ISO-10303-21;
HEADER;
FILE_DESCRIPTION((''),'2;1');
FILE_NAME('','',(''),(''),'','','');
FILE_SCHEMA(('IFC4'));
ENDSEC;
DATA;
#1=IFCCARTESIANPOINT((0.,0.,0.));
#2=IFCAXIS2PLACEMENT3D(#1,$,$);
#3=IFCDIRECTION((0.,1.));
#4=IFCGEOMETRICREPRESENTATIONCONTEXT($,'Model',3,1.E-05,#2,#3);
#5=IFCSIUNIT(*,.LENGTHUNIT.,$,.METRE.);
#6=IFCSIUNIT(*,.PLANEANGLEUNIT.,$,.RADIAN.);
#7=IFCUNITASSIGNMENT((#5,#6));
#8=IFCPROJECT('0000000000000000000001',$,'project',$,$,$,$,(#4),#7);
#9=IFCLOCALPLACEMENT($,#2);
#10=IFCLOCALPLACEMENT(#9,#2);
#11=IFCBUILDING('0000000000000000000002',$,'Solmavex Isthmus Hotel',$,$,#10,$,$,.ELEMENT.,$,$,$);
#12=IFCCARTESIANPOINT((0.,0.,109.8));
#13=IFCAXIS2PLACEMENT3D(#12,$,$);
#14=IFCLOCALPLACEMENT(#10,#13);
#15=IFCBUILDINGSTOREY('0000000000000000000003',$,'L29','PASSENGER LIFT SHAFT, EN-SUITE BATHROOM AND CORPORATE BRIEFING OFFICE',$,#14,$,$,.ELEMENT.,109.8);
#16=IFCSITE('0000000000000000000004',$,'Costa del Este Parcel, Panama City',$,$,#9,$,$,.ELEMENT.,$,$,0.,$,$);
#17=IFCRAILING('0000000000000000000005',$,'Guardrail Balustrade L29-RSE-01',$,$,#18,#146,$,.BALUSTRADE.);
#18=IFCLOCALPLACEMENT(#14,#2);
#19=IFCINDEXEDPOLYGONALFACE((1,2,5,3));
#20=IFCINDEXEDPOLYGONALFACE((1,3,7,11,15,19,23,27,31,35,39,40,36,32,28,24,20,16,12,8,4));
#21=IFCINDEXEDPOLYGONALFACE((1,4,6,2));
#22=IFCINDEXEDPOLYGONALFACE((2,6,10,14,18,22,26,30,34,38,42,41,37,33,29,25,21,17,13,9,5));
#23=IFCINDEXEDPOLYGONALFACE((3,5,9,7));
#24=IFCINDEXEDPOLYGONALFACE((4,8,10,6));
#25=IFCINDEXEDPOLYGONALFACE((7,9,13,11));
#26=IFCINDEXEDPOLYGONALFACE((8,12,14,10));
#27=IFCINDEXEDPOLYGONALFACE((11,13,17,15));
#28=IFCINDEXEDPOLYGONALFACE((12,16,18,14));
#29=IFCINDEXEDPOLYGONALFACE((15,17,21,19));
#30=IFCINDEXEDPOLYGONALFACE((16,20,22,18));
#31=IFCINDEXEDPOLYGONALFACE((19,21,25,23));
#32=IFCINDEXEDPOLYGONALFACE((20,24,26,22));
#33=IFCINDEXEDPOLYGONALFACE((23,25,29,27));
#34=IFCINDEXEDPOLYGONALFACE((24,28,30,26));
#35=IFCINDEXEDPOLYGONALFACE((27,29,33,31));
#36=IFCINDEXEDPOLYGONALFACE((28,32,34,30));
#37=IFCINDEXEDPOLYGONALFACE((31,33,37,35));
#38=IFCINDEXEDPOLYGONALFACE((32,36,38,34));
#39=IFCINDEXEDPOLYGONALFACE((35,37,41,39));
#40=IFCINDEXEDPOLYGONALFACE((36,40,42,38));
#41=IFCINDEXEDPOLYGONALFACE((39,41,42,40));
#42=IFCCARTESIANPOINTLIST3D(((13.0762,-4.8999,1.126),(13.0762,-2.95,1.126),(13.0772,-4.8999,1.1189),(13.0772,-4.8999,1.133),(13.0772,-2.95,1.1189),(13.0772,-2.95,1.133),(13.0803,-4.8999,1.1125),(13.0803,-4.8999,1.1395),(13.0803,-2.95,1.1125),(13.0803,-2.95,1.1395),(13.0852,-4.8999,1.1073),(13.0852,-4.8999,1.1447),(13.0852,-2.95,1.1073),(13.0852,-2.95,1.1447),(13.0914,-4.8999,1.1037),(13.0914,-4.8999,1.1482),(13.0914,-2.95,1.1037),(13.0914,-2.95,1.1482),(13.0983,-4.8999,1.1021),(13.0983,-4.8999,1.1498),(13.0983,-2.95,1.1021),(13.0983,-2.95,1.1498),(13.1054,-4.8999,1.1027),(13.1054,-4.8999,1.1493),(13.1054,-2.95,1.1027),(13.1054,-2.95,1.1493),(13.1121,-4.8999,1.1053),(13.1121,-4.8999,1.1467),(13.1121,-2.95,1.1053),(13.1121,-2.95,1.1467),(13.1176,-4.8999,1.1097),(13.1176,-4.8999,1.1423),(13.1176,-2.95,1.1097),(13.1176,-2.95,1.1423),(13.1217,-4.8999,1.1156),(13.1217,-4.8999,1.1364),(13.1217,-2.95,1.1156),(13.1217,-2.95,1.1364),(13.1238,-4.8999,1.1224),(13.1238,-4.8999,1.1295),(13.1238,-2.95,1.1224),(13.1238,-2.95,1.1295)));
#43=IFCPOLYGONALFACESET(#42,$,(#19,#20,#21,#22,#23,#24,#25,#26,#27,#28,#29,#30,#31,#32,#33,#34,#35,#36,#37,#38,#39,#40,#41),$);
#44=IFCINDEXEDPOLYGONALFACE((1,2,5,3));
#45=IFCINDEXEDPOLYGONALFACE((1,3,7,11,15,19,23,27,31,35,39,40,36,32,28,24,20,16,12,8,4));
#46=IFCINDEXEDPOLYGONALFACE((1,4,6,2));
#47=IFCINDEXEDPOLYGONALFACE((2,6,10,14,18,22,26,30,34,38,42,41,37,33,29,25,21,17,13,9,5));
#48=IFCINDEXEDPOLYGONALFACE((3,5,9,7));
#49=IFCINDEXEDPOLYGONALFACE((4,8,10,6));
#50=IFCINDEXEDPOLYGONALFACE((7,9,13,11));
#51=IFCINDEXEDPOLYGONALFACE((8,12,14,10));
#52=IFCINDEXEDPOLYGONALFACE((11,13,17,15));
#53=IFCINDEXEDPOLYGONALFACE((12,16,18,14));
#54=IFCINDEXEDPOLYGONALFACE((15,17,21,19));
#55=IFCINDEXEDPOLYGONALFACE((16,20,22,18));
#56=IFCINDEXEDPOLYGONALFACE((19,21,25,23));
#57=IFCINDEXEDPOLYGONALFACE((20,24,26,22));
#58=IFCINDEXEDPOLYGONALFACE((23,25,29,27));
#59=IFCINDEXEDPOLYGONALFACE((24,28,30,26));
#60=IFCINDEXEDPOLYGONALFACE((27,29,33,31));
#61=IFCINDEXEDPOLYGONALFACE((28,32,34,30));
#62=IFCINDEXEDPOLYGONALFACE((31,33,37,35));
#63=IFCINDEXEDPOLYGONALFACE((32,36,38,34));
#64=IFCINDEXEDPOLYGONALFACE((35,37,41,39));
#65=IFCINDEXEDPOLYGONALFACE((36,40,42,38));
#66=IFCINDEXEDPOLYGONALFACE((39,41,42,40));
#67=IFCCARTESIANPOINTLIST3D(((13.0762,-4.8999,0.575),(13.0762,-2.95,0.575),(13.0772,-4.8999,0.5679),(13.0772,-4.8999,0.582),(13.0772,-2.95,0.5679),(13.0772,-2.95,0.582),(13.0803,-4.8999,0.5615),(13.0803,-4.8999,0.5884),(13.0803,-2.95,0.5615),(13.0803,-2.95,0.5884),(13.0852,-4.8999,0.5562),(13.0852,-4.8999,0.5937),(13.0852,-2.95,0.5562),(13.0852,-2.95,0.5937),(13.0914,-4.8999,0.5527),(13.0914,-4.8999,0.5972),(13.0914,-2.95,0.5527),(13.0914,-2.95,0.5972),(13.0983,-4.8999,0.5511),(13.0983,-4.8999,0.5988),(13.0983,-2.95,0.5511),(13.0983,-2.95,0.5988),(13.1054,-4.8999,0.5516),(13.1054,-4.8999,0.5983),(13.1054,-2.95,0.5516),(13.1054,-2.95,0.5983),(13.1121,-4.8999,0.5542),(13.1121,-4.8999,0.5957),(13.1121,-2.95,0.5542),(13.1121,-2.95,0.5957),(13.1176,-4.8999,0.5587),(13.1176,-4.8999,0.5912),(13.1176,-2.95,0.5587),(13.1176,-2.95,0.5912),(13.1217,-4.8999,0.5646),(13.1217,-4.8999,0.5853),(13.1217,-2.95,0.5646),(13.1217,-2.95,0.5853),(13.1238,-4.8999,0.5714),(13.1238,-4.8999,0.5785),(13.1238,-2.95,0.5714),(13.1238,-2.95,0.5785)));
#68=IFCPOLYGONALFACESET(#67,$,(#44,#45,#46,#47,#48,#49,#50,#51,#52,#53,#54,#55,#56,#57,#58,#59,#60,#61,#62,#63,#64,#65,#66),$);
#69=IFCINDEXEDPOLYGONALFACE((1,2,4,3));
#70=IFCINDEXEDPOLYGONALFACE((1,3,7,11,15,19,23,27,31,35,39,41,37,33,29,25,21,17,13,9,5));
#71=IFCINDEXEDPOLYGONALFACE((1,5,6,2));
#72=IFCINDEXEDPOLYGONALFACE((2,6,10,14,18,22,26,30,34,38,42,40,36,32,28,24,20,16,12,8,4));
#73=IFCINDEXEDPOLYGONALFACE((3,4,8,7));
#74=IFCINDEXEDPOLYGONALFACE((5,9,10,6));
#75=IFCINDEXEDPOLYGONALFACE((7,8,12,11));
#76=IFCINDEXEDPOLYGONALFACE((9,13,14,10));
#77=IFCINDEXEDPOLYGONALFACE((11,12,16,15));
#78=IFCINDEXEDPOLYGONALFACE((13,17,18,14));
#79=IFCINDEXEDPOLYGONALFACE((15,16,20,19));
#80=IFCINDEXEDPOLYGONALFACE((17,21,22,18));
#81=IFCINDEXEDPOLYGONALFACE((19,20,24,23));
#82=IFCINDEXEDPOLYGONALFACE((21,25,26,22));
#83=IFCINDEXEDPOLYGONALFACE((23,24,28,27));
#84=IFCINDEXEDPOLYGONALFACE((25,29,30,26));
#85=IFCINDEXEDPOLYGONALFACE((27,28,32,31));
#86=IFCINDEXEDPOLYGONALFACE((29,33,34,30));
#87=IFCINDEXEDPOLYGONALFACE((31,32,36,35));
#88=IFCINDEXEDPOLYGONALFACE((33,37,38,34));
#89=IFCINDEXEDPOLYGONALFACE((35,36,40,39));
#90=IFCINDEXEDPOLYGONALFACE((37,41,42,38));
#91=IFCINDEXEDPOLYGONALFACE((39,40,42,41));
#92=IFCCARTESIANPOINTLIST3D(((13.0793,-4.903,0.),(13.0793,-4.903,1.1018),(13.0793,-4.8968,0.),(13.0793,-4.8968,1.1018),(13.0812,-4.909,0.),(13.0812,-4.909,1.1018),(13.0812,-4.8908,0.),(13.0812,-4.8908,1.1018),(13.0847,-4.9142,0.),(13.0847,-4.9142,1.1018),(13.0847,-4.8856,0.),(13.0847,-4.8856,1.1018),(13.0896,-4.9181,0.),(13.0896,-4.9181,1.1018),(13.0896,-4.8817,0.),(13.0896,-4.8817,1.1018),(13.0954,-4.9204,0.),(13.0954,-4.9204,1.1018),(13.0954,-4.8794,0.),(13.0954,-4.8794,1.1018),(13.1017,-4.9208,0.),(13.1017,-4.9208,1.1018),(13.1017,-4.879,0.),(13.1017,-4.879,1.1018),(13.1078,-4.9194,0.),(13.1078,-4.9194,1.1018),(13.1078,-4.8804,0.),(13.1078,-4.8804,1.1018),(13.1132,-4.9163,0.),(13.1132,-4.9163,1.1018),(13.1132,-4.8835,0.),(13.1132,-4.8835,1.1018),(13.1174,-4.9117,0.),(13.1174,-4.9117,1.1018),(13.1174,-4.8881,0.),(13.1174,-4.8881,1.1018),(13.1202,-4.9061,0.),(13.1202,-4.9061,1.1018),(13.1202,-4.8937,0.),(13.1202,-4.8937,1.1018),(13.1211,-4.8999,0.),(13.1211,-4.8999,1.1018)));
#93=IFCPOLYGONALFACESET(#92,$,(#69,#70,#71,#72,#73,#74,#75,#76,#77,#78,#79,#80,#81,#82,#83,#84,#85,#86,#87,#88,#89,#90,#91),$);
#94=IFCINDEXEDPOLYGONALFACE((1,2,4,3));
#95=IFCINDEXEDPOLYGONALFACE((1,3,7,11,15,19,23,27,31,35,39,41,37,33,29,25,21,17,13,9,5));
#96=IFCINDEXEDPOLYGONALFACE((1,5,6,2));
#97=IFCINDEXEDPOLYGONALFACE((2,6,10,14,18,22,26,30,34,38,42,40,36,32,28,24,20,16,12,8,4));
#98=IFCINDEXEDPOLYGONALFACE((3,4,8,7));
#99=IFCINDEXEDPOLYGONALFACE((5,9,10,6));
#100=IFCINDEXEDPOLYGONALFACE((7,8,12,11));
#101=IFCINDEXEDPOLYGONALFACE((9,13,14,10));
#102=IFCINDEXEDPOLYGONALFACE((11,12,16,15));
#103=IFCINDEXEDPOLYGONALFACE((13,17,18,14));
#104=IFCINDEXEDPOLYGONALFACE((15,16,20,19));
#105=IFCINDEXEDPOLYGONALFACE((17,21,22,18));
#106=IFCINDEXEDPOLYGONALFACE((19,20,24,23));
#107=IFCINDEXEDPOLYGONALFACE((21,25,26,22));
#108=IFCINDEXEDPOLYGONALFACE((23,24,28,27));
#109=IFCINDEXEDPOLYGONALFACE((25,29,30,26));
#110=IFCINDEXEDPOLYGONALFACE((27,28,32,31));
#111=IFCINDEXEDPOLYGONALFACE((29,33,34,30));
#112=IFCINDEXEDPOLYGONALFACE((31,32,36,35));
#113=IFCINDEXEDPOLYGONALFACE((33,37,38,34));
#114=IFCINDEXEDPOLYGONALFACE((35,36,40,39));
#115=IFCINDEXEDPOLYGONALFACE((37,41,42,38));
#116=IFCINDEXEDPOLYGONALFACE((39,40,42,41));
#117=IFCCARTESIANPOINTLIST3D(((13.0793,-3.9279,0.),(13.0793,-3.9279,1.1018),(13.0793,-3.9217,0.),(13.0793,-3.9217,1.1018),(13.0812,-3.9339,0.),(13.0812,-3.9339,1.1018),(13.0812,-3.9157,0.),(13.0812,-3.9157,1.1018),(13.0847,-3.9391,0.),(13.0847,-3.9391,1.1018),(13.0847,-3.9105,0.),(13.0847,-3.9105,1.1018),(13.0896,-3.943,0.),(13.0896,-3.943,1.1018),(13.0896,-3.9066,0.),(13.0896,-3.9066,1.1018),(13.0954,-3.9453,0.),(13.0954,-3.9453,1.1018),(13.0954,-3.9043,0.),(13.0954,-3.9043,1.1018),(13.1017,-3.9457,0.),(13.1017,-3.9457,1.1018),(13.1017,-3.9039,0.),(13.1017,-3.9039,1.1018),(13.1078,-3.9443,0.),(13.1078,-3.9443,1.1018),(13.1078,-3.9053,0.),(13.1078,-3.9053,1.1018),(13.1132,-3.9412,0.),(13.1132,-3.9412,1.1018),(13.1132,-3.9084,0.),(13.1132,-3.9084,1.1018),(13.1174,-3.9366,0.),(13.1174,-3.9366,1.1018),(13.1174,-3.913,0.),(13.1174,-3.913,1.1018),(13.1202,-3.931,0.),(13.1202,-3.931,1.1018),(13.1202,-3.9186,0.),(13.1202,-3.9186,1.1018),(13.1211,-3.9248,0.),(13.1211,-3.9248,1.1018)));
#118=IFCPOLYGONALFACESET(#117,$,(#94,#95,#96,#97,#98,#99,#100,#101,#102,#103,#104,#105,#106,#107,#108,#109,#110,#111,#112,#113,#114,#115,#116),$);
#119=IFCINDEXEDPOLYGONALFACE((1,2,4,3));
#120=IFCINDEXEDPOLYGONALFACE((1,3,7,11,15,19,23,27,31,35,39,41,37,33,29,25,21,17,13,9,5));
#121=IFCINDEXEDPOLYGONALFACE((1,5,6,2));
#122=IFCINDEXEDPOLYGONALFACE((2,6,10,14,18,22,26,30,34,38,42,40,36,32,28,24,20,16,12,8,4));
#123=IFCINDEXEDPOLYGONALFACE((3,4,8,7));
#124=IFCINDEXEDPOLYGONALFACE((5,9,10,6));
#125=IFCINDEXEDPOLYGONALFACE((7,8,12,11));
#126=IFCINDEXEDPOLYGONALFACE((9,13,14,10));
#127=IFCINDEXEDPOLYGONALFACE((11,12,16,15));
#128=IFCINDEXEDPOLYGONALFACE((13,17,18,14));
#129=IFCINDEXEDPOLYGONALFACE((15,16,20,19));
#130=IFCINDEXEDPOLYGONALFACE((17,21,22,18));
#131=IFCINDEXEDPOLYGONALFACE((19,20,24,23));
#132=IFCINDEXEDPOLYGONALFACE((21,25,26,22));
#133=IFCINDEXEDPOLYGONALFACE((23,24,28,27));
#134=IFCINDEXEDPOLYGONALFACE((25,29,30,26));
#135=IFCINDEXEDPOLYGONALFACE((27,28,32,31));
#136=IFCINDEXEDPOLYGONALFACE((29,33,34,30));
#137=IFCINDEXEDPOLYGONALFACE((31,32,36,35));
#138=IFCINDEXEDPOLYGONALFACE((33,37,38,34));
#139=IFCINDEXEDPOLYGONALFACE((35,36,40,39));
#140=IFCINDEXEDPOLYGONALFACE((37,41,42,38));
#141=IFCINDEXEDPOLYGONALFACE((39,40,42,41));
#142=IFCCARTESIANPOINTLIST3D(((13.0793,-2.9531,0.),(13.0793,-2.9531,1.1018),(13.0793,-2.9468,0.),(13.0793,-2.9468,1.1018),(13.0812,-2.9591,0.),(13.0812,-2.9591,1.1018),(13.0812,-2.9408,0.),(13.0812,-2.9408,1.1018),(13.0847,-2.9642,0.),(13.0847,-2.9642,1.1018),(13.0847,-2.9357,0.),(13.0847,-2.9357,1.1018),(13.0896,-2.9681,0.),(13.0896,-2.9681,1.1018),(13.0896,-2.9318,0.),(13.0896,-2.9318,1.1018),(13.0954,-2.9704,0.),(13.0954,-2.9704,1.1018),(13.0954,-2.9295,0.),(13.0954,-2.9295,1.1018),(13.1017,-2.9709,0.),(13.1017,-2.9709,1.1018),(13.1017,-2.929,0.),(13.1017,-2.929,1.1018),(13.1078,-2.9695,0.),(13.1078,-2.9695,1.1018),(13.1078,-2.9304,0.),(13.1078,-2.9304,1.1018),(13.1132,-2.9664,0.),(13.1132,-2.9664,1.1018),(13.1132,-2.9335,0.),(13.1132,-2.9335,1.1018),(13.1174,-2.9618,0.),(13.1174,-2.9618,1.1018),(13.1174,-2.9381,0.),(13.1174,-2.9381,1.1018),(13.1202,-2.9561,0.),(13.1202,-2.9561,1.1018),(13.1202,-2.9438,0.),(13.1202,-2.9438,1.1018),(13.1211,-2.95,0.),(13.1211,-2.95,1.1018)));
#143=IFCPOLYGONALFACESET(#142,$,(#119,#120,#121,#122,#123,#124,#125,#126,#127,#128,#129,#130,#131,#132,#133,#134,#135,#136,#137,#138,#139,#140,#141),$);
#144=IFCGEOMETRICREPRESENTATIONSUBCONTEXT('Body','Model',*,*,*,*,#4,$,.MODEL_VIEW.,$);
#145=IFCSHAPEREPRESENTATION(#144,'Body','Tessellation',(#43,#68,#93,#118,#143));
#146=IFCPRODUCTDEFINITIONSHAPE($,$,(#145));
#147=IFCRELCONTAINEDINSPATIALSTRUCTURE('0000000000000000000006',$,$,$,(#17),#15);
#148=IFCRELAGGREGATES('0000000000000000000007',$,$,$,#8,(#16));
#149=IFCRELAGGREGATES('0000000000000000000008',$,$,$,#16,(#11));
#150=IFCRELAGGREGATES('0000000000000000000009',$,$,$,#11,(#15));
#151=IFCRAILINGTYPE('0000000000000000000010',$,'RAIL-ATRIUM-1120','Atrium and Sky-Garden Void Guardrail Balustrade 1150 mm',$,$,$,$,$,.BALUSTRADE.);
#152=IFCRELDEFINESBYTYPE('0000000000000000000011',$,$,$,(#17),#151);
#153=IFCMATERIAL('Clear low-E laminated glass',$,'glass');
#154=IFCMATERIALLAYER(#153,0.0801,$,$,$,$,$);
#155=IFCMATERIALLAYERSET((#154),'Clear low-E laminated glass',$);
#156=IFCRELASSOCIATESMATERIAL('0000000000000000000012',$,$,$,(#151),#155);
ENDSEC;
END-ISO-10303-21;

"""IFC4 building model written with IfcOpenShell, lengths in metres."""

from ifc_helpers import new_model, si_unit, direction, frame, origin, origin_2d, place, context, subcontext, project, spatial, circle, extrude, material, layer, layer_set, type_object, element, save


model = new_model("IFC4")

# Units and contexts
model_context = context("Model", 3, precision=1e-05, world=origin(), true_north=direction((0.0, 1.0)))
body_context = subcontext(model_context, "Body", "Model", "MODEL_VIEW")
ifc_project = project(units=[si_unit("LENGTHUNIT", "METRE"), si_unit("PLANEANGLEUNIT", "RADIAN")], contexts=[model_context])

# Site, building, storey
site_placement = place(None, origin())
site = spatial("IfcSite", under=ifc_project, at=site_placement, Name="Costa del Este Parcel, Panama City", CompositionType="ELEMENT", RefElevation=0.0)
building_placement = place(site_placement, origin())
building = spatial("IfcBuilding", under=site, at=building_placement, Name="Solmavex Isthmus Hotel", CompositionType="ELEMENT")
storey_placement = place(building_placement, frame((0.0, 0.0, 109.8)))
storey = spatial("IfcBuildingStorey", under=building, at=storey_placement, Name="L29", Description="PASSENGER LIFT SHAFT, EN-SUITE BATHROOM AND CORPORATE BRIEFING OFFICE", CompositionType="ELEMENT", Elevation=109.8)

# Railing
ifc_material_1 = material(Name="Clear low-E laminated glass", Category="glass")
ifc_layer_1 = layer(ifc_material_1, 0.0801)
ifc_layer_set_1 = layer_set([ifc_layer_1], Name="Clear low-E laminated glass")
railing_type_1 = type_object("IfcRailingType", Name="RAIL-ATRIUM-1120", Description="Atrium and Sky-Garden Void Guardrail Balustrade 1150 mm", PredefinedType="BALUSTRADE", material=ifc_layer_set_1)
railing_1_placement = place(storey_placement, frame((13.1001, -4.8999, 0.0)))
element("IfcRailing", 1, at=railing_1_placement, inside=storey, type_object=railing_type_1, Name="Guardrail Balustrade L29-RSE-01", PredefinedType="BALUSTRADE", context=body_context, shape_type="SweptSolid", body=[
    extrude(circle(Radius=0.0239, at=origin_2d()), frame((0.0, 0.0, 1.126), z_axis=(0.0, 1.0, 0.0), x_axis=(-1.0, 0.0, 0.0)), (0.0, 0.0, 1.0), 1.95),
    extrude(circle(Radius=0.0239, at=origin_2d()), frame((0.0, 0.0, 0.575), z_axis=(0.0, 1.0, 0.0), x_axis=(-1.0, 0.0, 0.0)), (0.0, 0.0, 1.0), 1.95),
    extrude(circle(Radius=0.021, at=origin_2d()), origin(), (0.0, 0.0, 1.0), 1.1018),
    extrude(circle(Radius=0.021, at=origin_2d()), frame((0.0, 0.9751, 0.0)), (0.0, 0.0, 1.0), 1.1018),
    extrude(circle(Radius=0.021, at=origin_2d()), frame((0.0, 1.95, 0.0)), (0.0, 0.0, 1.0), 1.1018),
])

save(model, "model.ifc")
